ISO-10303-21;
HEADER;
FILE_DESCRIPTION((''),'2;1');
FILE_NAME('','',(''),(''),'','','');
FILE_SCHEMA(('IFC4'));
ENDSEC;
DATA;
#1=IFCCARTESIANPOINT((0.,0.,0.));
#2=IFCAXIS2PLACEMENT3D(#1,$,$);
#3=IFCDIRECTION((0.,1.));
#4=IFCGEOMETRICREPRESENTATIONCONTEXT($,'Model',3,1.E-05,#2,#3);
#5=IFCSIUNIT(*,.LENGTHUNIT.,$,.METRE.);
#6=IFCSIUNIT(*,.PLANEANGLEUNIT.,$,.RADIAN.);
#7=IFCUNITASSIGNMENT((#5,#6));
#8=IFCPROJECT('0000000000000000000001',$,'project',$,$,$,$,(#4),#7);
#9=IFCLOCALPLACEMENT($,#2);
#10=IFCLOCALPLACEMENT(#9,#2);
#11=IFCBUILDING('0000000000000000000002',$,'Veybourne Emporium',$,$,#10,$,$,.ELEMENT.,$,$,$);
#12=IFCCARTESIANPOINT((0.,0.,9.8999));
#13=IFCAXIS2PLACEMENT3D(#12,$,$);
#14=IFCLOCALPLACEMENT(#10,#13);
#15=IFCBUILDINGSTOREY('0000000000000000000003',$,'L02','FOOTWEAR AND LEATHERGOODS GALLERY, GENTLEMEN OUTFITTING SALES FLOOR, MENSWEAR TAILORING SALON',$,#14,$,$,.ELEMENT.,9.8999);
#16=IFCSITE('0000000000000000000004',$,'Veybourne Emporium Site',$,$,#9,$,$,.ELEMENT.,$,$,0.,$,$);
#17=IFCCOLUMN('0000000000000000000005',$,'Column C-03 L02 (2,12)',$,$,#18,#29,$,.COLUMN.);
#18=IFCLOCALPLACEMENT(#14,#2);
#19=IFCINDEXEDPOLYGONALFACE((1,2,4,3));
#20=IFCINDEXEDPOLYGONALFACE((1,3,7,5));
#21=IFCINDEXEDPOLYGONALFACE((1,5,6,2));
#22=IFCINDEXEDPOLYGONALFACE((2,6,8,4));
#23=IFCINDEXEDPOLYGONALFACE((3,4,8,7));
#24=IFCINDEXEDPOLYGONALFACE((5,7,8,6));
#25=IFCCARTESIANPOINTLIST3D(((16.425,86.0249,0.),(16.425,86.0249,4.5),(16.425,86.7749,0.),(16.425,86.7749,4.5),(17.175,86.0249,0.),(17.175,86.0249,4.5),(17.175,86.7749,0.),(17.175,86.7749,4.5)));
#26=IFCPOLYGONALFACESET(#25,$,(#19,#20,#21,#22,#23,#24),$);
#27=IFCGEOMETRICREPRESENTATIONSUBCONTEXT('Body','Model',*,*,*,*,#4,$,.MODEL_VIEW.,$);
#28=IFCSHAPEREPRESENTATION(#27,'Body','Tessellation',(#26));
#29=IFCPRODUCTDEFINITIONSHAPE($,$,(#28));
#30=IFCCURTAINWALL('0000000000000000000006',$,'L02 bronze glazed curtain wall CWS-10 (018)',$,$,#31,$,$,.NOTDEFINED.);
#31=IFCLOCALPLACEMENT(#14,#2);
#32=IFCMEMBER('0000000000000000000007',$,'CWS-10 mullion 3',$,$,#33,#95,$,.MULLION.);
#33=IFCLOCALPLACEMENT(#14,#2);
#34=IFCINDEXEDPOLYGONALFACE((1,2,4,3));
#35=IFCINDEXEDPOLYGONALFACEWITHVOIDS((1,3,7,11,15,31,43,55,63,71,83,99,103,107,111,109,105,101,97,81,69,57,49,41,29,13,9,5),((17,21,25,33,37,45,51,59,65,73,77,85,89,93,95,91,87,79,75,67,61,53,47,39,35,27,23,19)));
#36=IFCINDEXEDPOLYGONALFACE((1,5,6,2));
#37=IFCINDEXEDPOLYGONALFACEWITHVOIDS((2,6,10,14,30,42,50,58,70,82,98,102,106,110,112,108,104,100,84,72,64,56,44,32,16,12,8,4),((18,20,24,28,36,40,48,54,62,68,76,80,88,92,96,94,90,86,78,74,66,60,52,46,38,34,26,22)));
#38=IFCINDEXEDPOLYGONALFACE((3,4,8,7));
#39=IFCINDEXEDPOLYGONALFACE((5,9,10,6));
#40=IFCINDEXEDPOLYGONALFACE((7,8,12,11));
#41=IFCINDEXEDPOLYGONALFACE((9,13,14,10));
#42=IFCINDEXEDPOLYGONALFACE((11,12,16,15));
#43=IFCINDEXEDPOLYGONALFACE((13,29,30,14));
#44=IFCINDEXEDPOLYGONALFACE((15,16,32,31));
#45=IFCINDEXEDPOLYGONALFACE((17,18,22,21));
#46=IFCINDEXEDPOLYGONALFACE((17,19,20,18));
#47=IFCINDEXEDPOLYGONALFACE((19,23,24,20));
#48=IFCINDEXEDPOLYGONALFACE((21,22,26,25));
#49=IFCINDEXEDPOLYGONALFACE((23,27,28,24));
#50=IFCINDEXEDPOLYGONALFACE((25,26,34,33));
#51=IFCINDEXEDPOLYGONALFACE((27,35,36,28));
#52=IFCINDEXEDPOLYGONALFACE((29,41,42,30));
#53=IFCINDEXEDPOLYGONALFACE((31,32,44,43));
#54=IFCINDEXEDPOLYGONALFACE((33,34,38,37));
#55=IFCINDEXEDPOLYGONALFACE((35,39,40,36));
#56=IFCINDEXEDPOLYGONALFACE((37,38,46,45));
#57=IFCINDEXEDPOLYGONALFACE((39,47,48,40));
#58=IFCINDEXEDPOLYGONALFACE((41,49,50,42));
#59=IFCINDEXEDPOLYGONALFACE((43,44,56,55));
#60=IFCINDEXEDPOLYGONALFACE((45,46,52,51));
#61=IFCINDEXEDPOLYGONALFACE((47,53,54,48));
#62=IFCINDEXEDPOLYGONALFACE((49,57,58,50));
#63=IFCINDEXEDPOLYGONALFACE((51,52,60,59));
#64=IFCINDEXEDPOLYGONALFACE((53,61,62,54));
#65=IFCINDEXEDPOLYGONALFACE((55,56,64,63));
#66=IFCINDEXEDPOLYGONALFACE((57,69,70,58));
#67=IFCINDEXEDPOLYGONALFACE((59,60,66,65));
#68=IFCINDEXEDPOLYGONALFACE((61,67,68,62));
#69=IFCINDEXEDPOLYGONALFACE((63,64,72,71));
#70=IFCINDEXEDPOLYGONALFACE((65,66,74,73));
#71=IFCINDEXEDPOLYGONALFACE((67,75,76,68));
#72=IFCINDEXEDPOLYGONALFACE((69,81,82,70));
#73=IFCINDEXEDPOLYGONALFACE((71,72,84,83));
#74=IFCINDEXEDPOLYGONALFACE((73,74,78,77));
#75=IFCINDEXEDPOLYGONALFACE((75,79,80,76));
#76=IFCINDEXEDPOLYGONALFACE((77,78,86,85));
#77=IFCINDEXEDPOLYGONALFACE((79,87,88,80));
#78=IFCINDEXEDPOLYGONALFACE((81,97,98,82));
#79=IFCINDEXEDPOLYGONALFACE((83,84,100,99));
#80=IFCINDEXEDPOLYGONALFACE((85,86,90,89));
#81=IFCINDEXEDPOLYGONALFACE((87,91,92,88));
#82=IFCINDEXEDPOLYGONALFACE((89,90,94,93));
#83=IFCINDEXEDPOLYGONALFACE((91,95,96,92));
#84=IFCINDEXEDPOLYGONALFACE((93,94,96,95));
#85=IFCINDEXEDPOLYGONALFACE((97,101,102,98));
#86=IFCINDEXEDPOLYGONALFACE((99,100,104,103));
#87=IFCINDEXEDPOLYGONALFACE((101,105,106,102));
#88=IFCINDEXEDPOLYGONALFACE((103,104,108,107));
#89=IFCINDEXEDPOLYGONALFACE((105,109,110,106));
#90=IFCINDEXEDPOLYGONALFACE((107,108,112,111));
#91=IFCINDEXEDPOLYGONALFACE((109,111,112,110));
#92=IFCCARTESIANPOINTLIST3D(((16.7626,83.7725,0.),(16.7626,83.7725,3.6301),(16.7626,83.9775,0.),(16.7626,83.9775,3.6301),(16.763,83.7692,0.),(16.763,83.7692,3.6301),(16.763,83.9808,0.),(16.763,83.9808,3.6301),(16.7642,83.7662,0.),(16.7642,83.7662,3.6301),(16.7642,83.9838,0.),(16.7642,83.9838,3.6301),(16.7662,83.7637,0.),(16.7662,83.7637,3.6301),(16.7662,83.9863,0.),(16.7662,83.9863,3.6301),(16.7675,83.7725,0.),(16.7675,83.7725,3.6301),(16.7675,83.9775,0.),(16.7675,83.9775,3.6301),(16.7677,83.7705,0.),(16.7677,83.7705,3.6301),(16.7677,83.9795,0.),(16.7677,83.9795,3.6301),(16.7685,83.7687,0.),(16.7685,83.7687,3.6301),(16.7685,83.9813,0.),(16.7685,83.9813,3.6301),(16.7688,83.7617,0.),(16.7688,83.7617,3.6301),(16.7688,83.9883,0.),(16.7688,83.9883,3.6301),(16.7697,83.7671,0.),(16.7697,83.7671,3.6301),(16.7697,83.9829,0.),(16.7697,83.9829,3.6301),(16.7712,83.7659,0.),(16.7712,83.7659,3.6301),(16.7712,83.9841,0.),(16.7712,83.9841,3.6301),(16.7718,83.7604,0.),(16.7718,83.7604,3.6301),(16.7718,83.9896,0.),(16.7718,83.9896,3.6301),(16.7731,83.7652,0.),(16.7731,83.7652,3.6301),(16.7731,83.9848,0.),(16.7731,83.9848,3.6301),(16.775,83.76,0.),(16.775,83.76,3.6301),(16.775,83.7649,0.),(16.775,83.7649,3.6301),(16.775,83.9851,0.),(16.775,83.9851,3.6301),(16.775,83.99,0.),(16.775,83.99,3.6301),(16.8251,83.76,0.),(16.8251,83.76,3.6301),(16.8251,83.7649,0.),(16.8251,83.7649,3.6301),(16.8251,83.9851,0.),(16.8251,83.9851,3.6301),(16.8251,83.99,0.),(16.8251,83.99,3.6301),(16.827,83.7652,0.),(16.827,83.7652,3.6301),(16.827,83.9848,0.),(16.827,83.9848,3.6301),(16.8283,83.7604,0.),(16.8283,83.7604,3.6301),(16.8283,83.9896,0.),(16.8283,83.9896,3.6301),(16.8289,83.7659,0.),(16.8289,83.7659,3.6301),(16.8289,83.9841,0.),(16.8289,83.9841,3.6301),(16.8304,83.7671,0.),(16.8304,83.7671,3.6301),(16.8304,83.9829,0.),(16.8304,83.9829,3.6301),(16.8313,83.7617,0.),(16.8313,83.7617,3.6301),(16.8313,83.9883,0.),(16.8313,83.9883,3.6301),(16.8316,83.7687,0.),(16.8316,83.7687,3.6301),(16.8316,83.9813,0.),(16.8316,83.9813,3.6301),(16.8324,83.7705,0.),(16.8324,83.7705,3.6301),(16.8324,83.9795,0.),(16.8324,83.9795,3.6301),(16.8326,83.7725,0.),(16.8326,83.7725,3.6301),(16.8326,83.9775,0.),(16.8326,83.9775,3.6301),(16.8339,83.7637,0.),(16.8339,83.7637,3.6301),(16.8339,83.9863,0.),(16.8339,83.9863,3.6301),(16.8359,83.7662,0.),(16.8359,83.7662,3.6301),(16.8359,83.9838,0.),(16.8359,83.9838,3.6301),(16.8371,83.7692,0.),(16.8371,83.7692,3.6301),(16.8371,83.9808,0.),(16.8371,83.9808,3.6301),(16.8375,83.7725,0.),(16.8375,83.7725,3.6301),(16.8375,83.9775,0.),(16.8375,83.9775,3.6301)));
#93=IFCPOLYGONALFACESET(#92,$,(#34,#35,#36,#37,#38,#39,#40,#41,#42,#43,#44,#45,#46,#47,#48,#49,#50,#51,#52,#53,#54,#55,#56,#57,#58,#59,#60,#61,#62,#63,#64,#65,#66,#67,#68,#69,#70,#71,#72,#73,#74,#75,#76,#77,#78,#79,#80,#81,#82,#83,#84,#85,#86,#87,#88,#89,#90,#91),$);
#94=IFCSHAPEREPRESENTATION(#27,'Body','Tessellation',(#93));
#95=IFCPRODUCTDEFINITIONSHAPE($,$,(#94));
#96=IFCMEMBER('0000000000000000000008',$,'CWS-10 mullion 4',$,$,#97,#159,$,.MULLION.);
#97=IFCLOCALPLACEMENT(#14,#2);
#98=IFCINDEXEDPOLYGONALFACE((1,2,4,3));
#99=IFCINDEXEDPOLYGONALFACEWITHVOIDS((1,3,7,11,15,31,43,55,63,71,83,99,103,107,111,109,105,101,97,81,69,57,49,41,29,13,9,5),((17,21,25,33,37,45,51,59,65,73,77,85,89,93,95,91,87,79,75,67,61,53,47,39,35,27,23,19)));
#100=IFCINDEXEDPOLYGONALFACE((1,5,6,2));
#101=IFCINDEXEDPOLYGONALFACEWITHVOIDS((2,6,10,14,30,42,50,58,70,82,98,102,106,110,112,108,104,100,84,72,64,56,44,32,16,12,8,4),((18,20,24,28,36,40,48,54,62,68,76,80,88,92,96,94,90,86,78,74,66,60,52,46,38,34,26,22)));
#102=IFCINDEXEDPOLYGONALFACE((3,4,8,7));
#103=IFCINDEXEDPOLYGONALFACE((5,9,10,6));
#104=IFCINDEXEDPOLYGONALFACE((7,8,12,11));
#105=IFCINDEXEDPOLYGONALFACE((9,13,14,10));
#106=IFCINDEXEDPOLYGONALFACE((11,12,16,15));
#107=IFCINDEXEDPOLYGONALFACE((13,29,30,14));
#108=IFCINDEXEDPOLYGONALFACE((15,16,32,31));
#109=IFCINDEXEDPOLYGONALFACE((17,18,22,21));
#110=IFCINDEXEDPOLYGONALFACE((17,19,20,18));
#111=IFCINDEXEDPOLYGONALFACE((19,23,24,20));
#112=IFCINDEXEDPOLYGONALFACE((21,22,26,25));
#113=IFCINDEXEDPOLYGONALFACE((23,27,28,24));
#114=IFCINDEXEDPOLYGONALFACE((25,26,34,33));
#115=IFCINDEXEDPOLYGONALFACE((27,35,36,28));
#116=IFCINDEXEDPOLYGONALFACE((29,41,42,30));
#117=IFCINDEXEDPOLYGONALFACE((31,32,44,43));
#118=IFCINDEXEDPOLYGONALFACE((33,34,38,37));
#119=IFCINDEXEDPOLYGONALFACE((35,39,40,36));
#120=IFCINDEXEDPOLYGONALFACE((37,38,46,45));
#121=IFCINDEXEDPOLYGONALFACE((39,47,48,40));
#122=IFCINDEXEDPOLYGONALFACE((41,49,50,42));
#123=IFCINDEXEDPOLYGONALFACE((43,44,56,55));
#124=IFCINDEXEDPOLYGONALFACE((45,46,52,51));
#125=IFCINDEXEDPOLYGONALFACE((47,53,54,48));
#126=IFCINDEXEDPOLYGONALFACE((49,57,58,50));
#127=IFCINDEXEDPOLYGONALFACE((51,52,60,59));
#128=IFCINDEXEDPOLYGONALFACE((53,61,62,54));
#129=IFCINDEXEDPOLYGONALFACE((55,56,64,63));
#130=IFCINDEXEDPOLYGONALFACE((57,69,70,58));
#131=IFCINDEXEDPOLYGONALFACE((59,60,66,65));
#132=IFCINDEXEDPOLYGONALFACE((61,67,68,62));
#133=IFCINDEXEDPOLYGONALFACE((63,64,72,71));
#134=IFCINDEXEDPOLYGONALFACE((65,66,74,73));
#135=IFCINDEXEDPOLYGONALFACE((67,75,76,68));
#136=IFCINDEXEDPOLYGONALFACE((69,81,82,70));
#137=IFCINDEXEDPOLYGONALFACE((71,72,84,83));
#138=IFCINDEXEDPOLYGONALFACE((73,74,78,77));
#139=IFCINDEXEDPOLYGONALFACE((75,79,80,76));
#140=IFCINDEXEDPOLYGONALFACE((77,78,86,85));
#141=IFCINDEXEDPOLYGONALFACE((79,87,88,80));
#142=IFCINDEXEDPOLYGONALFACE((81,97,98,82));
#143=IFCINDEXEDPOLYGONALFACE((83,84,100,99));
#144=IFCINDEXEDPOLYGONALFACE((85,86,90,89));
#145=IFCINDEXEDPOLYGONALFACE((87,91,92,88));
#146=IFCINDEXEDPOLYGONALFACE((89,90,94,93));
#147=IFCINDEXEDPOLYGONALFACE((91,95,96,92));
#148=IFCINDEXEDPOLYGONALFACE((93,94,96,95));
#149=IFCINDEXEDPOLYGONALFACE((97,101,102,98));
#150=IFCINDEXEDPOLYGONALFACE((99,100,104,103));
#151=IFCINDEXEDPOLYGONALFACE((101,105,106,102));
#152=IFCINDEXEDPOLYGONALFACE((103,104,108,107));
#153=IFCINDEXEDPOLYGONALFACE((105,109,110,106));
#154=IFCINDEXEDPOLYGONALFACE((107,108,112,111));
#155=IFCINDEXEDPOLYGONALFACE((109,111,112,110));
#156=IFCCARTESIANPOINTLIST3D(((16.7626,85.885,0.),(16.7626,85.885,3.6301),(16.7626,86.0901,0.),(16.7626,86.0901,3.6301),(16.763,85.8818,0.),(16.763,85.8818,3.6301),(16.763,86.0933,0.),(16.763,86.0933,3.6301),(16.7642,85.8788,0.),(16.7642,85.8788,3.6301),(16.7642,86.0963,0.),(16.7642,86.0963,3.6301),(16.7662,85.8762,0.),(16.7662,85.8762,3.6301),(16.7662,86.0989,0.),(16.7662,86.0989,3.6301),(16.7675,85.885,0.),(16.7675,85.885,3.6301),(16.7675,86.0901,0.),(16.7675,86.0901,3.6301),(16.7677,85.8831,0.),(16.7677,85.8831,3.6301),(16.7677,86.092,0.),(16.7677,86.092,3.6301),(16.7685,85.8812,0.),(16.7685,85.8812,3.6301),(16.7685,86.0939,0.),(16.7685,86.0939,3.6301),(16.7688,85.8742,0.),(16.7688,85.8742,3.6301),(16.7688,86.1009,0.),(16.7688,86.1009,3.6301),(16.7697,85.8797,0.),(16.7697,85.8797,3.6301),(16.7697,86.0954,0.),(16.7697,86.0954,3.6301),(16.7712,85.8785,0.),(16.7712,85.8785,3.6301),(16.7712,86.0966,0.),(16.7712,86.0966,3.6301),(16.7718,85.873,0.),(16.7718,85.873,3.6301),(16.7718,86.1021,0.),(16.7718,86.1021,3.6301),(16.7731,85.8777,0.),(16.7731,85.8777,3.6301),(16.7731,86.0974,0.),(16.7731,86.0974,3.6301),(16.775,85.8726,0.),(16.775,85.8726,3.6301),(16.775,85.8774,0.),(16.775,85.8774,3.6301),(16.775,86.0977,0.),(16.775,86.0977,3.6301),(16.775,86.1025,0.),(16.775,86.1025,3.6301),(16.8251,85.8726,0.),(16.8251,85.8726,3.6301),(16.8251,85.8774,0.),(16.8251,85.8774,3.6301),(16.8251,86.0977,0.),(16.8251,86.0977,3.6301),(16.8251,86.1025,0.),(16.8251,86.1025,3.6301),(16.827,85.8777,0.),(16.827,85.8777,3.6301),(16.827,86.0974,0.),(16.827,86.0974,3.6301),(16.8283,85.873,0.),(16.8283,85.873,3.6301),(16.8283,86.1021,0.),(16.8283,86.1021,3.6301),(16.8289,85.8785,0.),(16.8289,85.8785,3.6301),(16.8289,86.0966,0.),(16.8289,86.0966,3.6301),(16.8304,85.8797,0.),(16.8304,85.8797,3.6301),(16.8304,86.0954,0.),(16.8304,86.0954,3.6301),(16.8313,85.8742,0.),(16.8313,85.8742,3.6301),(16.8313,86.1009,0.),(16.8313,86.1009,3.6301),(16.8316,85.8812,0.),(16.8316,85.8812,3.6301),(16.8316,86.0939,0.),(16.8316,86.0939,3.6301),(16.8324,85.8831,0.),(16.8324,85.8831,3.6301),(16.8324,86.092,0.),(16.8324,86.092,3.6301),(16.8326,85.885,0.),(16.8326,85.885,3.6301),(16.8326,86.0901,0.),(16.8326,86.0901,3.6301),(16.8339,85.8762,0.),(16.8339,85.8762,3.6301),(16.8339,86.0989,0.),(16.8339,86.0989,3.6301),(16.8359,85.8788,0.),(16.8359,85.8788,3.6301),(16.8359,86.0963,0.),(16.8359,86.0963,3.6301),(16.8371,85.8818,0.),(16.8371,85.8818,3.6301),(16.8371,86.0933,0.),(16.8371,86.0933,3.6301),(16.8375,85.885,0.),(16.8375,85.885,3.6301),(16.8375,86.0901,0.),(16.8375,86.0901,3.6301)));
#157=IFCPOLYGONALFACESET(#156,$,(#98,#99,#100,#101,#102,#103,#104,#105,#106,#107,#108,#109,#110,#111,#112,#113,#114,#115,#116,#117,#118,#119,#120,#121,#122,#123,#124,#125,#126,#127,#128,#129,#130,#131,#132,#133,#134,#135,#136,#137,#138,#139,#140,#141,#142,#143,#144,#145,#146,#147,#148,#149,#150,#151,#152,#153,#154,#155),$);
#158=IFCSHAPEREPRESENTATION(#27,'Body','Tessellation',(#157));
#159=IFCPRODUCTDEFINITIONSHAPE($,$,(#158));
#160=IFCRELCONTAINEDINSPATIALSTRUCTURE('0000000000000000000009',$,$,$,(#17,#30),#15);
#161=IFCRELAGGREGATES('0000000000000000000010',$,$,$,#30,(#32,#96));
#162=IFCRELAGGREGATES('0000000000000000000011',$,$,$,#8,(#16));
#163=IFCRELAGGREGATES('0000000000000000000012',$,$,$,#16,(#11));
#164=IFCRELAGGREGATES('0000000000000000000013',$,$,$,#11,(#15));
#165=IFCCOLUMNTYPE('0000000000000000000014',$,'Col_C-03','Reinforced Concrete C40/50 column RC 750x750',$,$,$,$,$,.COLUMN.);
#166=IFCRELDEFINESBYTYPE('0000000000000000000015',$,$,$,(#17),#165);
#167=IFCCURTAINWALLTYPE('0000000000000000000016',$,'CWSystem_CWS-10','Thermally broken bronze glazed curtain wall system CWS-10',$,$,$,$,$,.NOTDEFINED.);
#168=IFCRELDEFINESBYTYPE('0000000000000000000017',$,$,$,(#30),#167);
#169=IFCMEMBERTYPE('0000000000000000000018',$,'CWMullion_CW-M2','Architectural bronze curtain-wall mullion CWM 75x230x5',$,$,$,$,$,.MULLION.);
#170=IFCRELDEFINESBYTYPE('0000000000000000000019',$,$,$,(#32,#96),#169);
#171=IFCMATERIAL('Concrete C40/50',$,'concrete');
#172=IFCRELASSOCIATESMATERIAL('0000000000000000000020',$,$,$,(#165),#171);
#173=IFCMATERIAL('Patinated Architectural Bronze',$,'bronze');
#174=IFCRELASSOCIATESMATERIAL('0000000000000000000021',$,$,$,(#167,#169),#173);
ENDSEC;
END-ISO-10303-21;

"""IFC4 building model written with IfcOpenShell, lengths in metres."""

from ifc_helpers import new_model, si_unit, direction, frame, origin, origin_2d, place, context, subcontext, project, spatial, rectangle, hollow_rectangle, extrude, material, material_profile, profile_set, type_object, element, aggregate, save


model = new_model("IFC4")

# Units and contexts
model_context = context("Model", 3, precision=1e-05, world=origin(), true_north=direction((0.0, 1.0)))
body_context = subcontext(model_context, "Body", "Model", "MODEL_VIEW")
ifc_project = project(units=[si_unit("LENGTHUNIT", "METRE"), si_unit("PLANEANGLEUNIT", "RADIAN")], contexts=[model_context])

# Site, building, storey
site_placement = place(None, origin())
site = spatial("IfcSite", under=ifc_project, at=site_placement, Name="Veybourne Emporium Site", CompositionType="ELEMENT", RefElevation=0.0)
building_placement = place(site_placement, origin())
building = spatial("IfcBuilding", under=site, at=building_placement, Name="Veybourne Emporium", CompositionType="ELEMENT")
storey_placement = place(building_placement, frame((0.0, 0.0, 9.8999)))
storey = spatial("IfcBuildingStorey", under=building, at=storey_placement, Name="L02", Description="FOOTWEAR AND LEATHERGOODS GALLERY, GENTLEMEN OUTFITTING SALES FLOOR, MENSWEAR TAILORING SALON", CompositionType="ELEMENT", Elevation=9.8999)

# Column
ifc_material_1 = material(Name="Concrete C40/50", Category="concrete")
ifc_material_profile_1 = material_profile(ifc_material_1, rectangle(XDim=0.75, YDim=0.75, at=origin_2d()), Name="RC 750x750")
ifc_profile_set_1 = profile_set([ifc_material_profile_1], Name="Concrete C40/50")
column_type = type_object("IfcColumnType", Name="Col_C-03", Description="Reinforced Concrete C40/50 column RC 750x750", PredefinedType="COLUMN", material=ifc_profile_set_1)
column_placement = place(storey_placement, frame((16.8, 86.3999, 0.0), z_axis=(0.0, 0.0, 1.0), x_axis=(1.0, 0.0, 0.0)))
element("IfcColumn", 1, at=column_placement, inside=storey, type_object=column_type, Name="Column C-03 L02 (2,12)", PredefinedType="COLUMN", context=body_context, shape_type="SweptSolid", body=[
    extrude(rectangle(XDim=0.75, YDim=0.75, at=origin_2d()), origin(), (0.0, 0.0, 1.0), 4.5),
])

# Curtain wall, members
ifc_material_2 = material(Name="Patinated Architectural Bronze", Category="bronze")
curtain_wall_type = type_object("IfcCurtainWallType", Name="CWSystem_CWS-10", Description="Thermally broken bronze glazed curtain wall system CWS-10", PredefinedType="NOTDEFINED", material=ifc_material_2)
curtain_wall_placement = place(storey_placement, origin())
curtain_wall = element("IfcCurtainWall", 2, at=curtain_wall_placement, inside=storey, type_object=curtain_wall_type, Name="L02 bronze glazed curtain wall CWS-10 (018)", PredefinedType="NOTDEFINED")
ifc_material_profile_2 = material_profile(ifc_material_2, hollow_rectangle(XDim=0.075, YDim=0.23, WallThickness=0.0049, InnerFilletRadius=0.0076, OuterFilletRadius=0.0125, at=origin_2d()), Name="CWM 75x230x5")
ifc_profile_set_2 = profile_set([ifc_material_profile_2], Name="Patinated Architectural Bronze")
member_type_1 = type_object("IfcMemberType", Name="CWMullion_CW-M2", Description="Architectural bronze curtain-wall mullion CWM 75x230x5", PredefinedType="MULLION", material=ifc_profile_set_2)
member_1_placement = place(storey_placement, frame((16.8, 83.875, 0.0), z_axis=(0.0, 0.0, 1.0), x_axis=(-1.0, 0.0, 0.0)))
member_1 = element("IfcMember", 3, at=member_1_placement, type_object=member_type_1, Name="CWS-10 mullion 3", PredefinedType="MULLION", context=body_context, shape_type="SweptSolid", body=[
    extrude(hollow_rectangle(XDim=0.075, YDim=0.23, WallThickness=0.0049, InnerFilletRadius=0.0076, OuterFilletRadius=0.0125, at=origin_2d()), origin(), (0.0, 0.0, 1.0), 3.6301),
])
member_2_placement = place(storey_placement, frame((16.8, 85.9875, 0.0), z_axis=(0.0, 0.0, 1.0), x_axis=(-1.0, 0.0, 0.0)))
member_2 = element("IfcMember", 4, at=member_2_placement, type_object=member_type_1, Name="CWS-10 mullion 4", PredefinedType="MULLION", context=body_context, shape_type="SweptSolid", body=[
    extrude(hollow_rectangle(XDim=0.075, YDim=0.23, WallThickness=0.0049, InnerFilletRadius=0.0076, OuterFilletRadius=0.0125, at=origin_2d()), origin(), (0.0, 0.0, 1.0), 3.6301),
])

aggregate(curtain_wall, [member_1, member_2])

save(model, "model.ifc")
